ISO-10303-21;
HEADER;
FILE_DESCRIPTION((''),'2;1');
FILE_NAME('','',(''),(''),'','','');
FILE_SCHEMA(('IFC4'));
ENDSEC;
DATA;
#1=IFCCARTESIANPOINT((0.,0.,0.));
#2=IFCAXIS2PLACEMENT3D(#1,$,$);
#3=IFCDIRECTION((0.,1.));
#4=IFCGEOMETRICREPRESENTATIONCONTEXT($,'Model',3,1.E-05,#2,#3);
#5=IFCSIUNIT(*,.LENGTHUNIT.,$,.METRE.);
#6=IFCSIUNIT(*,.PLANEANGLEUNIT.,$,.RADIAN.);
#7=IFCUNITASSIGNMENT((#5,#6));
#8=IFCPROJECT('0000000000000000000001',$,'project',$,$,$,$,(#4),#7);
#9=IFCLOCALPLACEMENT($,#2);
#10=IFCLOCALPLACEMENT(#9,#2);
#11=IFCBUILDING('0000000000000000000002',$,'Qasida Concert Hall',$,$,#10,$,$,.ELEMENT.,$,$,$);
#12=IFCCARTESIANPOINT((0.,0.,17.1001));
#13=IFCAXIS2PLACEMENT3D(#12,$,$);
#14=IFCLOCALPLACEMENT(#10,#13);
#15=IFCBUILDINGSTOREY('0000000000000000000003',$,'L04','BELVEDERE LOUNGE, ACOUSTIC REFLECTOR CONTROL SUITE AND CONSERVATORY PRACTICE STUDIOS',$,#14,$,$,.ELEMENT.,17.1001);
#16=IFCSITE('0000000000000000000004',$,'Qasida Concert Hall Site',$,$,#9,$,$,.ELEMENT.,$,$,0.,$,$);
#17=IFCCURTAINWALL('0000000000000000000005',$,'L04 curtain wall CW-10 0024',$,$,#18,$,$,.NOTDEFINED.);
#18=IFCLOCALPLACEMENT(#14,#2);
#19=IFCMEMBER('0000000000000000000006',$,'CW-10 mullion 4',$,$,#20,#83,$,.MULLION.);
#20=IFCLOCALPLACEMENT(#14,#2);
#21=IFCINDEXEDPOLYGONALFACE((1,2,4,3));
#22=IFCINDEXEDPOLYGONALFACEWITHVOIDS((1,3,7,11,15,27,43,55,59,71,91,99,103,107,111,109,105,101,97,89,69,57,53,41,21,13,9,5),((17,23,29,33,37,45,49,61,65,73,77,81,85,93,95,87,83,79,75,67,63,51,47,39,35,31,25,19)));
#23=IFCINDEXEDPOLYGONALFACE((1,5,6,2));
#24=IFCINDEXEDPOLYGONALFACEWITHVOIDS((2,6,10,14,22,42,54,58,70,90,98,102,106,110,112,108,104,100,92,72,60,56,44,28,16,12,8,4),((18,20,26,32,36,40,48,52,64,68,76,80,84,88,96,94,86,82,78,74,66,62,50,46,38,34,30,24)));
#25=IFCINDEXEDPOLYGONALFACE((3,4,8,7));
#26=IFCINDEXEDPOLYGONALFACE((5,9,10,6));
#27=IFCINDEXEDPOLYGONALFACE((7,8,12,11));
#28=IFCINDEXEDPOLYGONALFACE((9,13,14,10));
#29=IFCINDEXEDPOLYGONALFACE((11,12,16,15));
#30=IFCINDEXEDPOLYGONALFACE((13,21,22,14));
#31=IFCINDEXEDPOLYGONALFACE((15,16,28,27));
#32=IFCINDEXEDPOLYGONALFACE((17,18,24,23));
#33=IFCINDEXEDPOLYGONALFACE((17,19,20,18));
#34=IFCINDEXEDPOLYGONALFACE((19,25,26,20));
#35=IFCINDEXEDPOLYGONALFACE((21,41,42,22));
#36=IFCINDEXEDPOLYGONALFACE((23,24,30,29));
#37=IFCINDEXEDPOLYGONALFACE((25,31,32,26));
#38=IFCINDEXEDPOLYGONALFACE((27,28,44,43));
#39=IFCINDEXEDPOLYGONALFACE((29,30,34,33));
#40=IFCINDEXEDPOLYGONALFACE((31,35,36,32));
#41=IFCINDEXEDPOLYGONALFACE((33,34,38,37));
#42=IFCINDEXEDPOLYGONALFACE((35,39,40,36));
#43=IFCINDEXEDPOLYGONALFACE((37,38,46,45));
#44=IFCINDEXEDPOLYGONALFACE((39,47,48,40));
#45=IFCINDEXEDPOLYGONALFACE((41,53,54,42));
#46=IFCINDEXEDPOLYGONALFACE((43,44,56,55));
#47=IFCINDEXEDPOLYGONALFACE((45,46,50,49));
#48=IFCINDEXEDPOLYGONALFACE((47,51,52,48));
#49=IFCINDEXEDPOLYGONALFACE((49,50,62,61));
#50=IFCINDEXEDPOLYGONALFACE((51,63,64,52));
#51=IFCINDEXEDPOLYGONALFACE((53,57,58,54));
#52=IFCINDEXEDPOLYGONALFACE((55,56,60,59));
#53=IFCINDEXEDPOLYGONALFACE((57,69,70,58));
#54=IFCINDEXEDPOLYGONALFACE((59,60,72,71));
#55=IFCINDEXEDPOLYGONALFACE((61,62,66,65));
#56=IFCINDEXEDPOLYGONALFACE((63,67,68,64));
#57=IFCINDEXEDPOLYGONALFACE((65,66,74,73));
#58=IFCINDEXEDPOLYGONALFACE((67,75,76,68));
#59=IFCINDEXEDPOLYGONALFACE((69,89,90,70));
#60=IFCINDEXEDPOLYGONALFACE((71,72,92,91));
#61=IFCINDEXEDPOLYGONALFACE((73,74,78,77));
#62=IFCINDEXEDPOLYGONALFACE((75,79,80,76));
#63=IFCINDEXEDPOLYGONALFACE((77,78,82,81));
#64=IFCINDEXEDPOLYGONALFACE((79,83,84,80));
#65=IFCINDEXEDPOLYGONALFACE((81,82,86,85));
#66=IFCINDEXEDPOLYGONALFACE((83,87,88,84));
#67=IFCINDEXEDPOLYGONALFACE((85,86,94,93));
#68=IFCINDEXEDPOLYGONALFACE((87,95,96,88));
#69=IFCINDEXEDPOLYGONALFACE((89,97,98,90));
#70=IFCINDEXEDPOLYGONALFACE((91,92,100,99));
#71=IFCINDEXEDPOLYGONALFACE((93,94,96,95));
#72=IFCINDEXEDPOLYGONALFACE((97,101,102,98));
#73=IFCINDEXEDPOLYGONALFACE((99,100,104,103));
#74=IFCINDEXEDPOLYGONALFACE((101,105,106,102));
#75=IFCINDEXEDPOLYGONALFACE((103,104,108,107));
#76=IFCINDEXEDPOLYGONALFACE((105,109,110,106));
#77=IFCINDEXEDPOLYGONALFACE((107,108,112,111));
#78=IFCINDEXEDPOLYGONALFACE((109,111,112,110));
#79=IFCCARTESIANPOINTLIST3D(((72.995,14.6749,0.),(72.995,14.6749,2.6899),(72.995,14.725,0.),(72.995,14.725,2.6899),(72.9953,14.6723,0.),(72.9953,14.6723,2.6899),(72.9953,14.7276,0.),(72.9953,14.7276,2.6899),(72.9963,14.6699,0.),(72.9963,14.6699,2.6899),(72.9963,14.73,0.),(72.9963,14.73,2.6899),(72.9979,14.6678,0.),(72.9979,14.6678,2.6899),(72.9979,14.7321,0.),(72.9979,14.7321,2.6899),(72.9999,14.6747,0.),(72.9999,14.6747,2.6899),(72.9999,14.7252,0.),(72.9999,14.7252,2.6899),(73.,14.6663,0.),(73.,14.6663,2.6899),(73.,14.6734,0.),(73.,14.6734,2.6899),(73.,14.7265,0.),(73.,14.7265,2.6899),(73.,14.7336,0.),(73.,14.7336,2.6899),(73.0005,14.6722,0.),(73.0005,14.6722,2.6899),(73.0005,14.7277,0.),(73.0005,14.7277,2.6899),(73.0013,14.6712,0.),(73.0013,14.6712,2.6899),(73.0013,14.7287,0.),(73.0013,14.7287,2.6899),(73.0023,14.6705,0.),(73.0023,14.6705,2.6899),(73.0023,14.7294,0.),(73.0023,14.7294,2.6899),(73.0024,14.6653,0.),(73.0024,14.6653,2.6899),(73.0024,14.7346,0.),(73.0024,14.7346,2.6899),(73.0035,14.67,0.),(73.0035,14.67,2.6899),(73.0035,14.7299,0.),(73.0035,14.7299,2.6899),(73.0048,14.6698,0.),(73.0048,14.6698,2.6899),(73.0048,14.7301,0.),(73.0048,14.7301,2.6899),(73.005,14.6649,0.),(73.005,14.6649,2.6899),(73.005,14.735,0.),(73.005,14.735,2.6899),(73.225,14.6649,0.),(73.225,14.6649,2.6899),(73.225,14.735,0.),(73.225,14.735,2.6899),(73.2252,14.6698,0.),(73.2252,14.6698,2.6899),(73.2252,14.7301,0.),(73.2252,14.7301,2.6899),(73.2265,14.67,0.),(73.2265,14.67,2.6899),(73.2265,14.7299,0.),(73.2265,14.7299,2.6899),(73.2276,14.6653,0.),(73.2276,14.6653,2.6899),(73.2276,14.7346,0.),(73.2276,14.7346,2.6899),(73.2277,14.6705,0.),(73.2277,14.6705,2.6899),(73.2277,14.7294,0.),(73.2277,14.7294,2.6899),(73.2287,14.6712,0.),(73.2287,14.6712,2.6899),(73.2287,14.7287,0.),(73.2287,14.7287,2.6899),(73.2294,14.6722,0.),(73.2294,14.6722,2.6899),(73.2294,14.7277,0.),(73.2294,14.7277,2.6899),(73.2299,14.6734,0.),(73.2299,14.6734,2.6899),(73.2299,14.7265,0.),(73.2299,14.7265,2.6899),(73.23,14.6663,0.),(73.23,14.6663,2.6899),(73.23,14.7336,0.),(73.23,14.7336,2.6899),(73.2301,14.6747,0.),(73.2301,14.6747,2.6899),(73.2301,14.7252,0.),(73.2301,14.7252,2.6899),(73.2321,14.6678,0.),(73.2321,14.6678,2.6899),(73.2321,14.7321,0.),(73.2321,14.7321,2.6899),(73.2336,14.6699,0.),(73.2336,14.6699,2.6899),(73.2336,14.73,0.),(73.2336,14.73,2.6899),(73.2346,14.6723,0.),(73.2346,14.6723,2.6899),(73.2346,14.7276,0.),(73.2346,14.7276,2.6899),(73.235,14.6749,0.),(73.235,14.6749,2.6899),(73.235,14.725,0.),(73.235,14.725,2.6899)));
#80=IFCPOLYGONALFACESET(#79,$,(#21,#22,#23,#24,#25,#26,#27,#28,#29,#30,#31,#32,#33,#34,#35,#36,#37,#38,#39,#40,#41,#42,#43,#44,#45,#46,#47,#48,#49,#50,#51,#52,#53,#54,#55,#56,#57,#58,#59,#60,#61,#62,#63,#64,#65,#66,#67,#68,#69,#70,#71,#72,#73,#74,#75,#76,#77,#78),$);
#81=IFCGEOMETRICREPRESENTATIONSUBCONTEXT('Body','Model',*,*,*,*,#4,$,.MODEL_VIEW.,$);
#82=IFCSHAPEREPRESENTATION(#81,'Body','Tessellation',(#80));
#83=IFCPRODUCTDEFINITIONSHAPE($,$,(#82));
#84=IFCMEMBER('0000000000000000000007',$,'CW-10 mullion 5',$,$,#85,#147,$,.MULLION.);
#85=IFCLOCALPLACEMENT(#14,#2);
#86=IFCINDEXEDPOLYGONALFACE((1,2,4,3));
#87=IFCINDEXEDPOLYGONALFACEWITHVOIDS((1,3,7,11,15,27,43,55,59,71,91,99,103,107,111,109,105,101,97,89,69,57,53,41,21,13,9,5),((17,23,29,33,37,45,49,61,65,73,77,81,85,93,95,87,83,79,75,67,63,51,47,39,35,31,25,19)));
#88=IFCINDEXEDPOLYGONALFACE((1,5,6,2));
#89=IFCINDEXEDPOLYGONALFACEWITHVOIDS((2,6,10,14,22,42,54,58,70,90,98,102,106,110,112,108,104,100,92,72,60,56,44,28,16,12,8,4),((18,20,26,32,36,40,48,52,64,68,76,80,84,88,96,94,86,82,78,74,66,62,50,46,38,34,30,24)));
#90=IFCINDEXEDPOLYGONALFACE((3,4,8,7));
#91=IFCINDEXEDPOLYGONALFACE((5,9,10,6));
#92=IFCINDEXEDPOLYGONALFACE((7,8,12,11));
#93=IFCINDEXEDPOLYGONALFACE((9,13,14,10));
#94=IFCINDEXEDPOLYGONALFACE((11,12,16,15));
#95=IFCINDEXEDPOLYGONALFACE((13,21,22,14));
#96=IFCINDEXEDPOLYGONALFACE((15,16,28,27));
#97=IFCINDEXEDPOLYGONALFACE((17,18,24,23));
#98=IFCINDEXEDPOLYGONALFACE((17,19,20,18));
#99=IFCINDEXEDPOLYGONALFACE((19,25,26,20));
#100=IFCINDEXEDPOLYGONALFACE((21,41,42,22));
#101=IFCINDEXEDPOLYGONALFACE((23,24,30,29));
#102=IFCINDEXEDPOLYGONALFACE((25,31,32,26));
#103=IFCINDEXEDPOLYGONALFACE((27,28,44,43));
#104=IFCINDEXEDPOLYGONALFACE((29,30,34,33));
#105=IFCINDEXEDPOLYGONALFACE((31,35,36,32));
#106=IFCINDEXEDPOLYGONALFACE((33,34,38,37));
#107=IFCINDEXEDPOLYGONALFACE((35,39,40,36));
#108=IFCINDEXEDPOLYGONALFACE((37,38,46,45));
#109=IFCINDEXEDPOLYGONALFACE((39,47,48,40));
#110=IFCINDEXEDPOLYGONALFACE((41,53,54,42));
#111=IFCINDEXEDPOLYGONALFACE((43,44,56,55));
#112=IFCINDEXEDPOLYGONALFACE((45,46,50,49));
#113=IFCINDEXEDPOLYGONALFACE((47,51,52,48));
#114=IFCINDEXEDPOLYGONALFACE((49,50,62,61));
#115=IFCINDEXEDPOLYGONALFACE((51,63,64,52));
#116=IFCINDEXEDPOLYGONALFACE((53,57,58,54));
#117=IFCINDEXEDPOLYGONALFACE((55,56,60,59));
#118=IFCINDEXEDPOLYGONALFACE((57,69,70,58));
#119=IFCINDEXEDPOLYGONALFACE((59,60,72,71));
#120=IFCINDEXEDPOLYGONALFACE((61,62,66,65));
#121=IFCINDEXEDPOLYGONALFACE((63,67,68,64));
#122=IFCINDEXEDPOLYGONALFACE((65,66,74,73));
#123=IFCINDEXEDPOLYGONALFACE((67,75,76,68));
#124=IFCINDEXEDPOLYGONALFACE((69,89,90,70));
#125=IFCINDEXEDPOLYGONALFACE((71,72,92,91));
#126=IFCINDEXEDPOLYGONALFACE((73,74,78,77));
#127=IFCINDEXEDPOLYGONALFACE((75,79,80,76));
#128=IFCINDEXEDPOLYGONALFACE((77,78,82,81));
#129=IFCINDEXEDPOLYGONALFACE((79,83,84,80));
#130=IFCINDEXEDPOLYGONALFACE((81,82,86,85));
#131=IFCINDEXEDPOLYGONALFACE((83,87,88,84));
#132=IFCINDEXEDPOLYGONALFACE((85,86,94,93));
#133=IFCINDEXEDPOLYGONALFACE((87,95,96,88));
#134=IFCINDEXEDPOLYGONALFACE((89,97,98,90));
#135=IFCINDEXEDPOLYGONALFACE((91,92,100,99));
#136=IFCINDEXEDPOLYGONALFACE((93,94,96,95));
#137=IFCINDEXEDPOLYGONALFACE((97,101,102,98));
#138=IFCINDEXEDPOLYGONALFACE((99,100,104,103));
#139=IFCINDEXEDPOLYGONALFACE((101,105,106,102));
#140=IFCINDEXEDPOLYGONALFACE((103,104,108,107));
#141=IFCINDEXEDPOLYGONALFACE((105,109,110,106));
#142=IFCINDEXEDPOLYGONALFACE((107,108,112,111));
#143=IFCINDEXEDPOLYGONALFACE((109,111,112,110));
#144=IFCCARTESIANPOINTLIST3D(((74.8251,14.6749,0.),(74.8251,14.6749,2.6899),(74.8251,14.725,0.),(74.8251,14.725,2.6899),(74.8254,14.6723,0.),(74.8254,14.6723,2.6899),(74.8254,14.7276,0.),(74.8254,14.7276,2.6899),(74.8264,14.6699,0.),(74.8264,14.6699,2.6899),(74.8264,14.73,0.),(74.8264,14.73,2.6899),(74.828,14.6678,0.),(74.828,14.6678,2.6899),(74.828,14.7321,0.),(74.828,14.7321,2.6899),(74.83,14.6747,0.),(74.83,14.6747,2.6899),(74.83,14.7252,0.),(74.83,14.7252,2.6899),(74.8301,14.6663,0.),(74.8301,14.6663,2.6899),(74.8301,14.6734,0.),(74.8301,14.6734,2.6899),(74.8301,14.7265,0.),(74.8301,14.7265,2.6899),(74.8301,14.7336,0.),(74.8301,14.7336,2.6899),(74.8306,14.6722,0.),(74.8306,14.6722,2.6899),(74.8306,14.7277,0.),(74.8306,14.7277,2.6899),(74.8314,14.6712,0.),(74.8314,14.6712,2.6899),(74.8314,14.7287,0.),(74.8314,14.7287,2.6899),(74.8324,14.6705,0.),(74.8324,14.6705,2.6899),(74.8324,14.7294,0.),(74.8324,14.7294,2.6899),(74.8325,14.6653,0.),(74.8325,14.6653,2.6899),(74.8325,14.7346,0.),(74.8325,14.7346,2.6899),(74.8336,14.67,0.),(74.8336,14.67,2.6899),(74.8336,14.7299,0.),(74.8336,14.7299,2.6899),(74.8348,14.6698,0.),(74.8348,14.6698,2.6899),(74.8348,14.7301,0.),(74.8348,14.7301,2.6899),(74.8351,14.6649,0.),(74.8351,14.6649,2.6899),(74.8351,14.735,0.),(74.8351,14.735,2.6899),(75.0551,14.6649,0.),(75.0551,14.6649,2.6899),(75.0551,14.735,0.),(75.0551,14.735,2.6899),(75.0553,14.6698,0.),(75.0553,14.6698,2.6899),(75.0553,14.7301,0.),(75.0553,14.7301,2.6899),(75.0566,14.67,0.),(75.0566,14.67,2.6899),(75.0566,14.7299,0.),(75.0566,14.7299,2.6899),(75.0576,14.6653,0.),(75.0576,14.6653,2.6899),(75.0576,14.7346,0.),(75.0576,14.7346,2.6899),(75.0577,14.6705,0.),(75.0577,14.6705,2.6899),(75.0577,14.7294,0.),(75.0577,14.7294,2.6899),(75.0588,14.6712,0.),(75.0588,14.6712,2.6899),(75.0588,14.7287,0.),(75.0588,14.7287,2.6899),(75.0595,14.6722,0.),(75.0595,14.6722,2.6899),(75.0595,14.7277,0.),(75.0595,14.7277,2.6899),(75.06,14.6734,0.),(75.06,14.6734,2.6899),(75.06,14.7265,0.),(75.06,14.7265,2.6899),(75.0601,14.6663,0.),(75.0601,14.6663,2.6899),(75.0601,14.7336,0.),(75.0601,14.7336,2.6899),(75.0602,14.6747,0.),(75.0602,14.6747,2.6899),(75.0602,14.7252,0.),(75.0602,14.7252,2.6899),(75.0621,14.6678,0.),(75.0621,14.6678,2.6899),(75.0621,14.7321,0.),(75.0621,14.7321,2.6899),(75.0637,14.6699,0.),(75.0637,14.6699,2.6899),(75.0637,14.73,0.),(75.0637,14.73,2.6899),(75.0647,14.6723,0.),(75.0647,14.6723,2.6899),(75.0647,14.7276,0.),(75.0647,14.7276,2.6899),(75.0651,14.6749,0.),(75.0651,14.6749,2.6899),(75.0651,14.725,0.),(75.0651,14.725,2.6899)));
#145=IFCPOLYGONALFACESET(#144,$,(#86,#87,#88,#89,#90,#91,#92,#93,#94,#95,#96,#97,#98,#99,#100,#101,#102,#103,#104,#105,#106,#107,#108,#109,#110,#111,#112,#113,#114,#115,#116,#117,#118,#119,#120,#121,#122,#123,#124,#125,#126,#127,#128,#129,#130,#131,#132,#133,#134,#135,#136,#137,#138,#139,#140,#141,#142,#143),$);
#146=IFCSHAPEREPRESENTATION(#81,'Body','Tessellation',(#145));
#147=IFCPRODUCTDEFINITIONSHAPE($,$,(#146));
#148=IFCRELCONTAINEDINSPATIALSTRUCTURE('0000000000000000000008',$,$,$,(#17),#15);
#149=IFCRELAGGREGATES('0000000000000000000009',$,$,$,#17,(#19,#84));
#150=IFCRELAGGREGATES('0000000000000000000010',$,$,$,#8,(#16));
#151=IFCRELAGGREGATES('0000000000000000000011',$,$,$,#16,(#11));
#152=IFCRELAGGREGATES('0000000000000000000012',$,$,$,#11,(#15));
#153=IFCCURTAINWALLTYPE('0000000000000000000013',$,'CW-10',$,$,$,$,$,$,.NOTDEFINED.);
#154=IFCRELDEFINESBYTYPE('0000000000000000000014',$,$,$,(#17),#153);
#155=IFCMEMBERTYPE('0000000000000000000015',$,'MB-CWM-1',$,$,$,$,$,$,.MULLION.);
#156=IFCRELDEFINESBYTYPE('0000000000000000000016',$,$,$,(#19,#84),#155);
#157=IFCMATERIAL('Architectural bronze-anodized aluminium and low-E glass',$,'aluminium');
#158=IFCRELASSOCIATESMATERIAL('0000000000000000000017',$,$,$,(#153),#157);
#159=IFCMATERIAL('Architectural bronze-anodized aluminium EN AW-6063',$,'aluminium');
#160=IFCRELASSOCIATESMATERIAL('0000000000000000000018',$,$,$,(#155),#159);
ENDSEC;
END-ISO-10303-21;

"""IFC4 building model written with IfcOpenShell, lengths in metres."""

from ifc_helpers import new_model, si_unit, direction, frame, origin, origin_2d, place, context, subcontext, project, spatial, hollow_rectangle, extrude, material, material_profile, profile_set, type_object, element, aggregate, save


model = new_model("IFC4")

# Units and contexts
model_context = context("Model", 3, precision=1e-05, world=origin(), true_north=direction((0.0, 1.0)))
body_context = subcontext(model_context, "Body", "Model", "MODEL_VIEW")
ifc_project = project(units=[si_unit("LENGTHUNIT", "METRE"), si_unit("PLANEANGLEUNIT", "RADIAN")], contexts=[model_context])

# Site, building, storey
site_placement = place(None, origin())
site = spatial("IfcSite", under=ifc_project, at=site_placement, Name="Qasida Concert Hall Site", CompositionType="ELEMENT", RefElevation=0.0)
building_placement = place(site_placement, origin())
building = spatial("IfcBuilding", under=site, at=building_placement, Name="Qasida Concert Hall", CompositionType="ELEMENT")
storey_placement = place(building_placement, frame((0.0, 0.0, 17.1001)))
storey = spatial("IfcBuildingStorey", under=building, at=storey_placement, Name="L04", Description="BELVEDERE LOUNGE, ACOUSTIC REFLECTOR CONTROL SUITE AND CONSERVATORY PRACTICE STUDIOS", CompositionType="ELEMENT", Elevation=17.1001)

# Curtain wall, members
ifc_material_1 = material(Name="Architectural bronze-anodized aluminium and low-E glass", Category="aluminium")
curtain_wall_type = type_object("IfcCurtainWallType", Name="CW-10", PredefinedType="NOTDEFINED", material=ifc_material_1)
curtain_wall_1_placement = place(storey_placement, origin())
curtain_wall_1 = element("IfcCurtainWall", 1, at=curtain_wall_1_placement, inside=storey, type_object=curtain_wall_type, Name="L04 curtain wall CW-10 0024", PredefinedType="NOTDEFINED")
ifc_material_2 = material(Name="Architectural bronze-anodized aluminium EN AW-6063", Category="aluminium")
ifc_material_profile_1 = material_profile(ifc_material_2, hollow_rectangle(XDim=0.0701, YDim=0.24, WallThickness=0.0049, InnerFilletRadius=0.0049, OuterFilletRadius=0.01, at=origin_2d()), Name="CWM 240x70x5")
ifc_profile_set_1 = profile_set([ifc_material_profile_1], Name="Architectural bronze-anodized aluminium EN AW-6063")
member_type_1 = type_object("IfcMemberType", Name="MB-CWM-1", PredefinedType="MULLION", material=ifc_profile_set_1)
member_1_placement = place(storey_placement, frame((73.115, 14.7, 0.0), z_axis=(0.0, 0.0, 1.0), x_axis=(0.0, 1.0, 0.0)))
member_1 = element("IfcMember", 2, at=member_1_placement, type_object=member_type_1, Name="CW-10 mullion 4", PredefinedType="MULLION", context=body_context, shape_type="SweptSolid", body=[
    extrude(hollow_rectangle(XDim=0.0701, YDim=0.24, WallThickness=0.0049, InnerFilletRadius=0.0049, OuterFilletRadius=0.01, at=origin_2d()), origin(), (0.0, 0.0, 1.0), 2.6899),
])
member_2_placement = place(storey_placement, frame((74.9451, 14.7, 0.0), z_axis=(0.0, 0.0, 1.0), x_axis=(0.0, 1.0, 0.0)))
member_2 = element("IfcMember", 3, at=member_2_placement, type_object=member_type_1, Name="CW-10 mullion 5", PredefinedType="MULLION", context=body_context, shape_type="SweptSolid", body=[
    extrude(hollow_rectangle(XDim=0.0701, YDim=0.24, WallThickness=0.0049, InnerFilletRadius=0.0049, OuterFilletRadius=0.01, at=origin_2d()), origin(), (0.0, 0.0, 1.0), 2.6899),
])

aggregate(curtain_wall_1, [member_1, member_2])

save(model, "model.ifc")
